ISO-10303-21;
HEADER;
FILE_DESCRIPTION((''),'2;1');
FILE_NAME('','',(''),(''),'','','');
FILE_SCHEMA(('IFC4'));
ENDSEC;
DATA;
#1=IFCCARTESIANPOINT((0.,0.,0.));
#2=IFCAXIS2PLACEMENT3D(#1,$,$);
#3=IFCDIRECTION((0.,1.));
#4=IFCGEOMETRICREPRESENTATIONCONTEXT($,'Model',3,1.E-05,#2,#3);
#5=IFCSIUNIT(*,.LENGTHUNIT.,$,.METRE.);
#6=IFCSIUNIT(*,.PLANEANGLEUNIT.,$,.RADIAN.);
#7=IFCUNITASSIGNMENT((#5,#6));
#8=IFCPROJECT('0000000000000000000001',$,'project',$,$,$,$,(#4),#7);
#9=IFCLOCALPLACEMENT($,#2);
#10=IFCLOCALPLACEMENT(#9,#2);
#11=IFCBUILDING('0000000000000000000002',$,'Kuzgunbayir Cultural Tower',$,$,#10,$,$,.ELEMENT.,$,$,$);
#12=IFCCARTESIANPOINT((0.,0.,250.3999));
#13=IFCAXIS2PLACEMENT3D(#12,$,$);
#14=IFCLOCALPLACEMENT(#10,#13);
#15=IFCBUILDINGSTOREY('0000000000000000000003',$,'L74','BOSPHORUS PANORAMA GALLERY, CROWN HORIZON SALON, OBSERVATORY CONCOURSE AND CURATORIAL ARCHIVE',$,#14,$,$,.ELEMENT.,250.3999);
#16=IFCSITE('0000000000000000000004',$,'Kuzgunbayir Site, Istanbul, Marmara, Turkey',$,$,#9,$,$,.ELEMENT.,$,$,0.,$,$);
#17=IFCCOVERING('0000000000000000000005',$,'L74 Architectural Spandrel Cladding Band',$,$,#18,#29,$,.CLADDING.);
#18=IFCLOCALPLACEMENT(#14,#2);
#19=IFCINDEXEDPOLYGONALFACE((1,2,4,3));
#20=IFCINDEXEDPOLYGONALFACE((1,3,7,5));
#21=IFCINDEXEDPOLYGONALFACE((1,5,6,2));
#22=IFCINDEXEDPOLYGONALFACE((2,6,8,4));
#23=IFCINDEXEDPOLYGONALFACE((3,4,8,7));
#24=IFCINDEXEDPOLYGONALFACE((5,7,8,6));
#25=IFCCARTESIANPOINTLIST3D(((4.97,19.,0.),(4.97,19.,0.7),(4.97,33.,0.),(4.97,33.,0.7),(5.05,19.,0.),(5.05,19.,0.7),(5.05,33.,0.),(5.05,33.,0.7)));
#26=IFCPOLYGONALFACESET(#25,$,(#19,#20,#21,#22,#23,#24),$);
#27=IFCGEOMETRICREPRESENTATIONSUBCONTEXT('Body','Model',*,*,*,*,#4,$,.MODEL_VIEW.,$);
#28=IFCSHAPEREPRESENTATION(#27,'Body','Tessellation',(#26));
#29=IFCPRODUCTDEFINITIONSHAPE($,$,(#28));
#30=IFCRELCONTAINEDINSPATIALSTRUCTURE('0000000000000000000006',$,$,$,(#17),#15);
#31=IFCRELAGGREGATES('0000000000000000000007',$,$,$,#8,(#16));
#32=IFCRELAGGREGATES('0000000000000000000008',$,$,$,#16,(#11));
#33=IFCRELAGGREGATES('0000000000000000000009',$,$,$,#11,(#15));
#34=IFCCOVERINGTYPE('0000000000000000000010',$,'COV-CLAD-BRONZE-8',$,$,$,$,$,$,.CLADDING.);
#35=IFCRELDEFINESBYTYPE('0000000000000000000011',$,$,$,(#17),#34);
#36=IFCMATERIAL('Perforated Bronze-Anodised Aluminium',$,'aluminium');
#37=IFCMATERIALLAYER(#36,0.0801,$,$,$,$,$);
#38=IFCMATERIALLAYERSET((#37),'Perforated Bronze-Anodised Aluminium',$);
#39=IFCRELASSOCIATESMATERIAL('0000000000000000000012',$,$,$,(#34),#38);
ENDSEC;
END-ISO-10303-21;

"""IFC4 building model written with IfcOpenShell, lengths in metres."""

from ifc_helpers import new_model, si_unit, direction, frame, origin, origin_2d, place, context, subcontext, project, spatial, rectangle, extrude, material, layer, layer_set, type_object, element, save


model = new_model("IFC4")

# Units and contexts
model_context = context("Model", 3, precision=1e-05, world=origin(), true_north=direction((0.0, 1.0)))
body_context = subcontext(model_context, "Body", "Model", "MODEL_VIEW")
ifc_project = project(units=[si_unit("LENGTHUNIT", "METRE"), si_unit("PLANEANGLEUNIT", "RADIAN")], contexts=[model_context])

# Site, building, storey
site_placement = place(None, origin())
site = spatial("IfcSite", under=ifc_project, at=site_placement, Name="Kuzgunbayir Site, Istanbul, Marmara, Turkey", CompositionType="ELEMENT", RefElevation=0.0)
building_placement = place(site_placement, origin())
building = spatial("IfcBuilding", under=site, at=building_placement, Name="Kuzgunbayir Cultural Tower", CompositionType="ELEMENT")
storey_placement = place(building_placement, frame((0.0, 0.0, 250.3999)))
storey = spatial("IfcBuildingStorey", under=building, at=storey_placement, Name="L74", Description="BOSPHORUS PANORAMA GALLERY, CROWN HORIZON SALON, OBSERVATORY CONCOURSE AND CURATORIAL ARCHIVE", CompositionType="ELEMENT", Elevation=250.3999)

# Covering
ifc_material_1 = material(Name="Perforated Bronze-Anodised Aluminium", Category="aluminium")
ifc_layer_1 = layer(ifc_material_1, 0.0801)
ifc_layer_set_1 = layer_set([ifc_layer_1], Name="Perforated Bronze-Anodised Aluminium")
covering_type = type_object("IfcCoveringType", Name="COV-CLAD-BRONZE-8", PredefinedType="CLADDING", material=ifc_layer_set_1)
covering_placement = place(storey_placement, frame((5.01, 26.0, 0.0), z_axis=(0.0, 0.0, 1.0), x_axis=(1.0, 0.0, 0.0)))
element("IfcCovering", 1, at=covering_placement, inside=storey, type_object=covering_type, Name="L74 Architectural Spandrel Cladding Band", PredefinedType="CLADDING", context=body_context, shape_type="SweptSolid", body=[
    extrude(rectangle(XDim=0.0801, YDim=14.0, at=origin_2d()), origin(), (0.0, 0.0, 1.0), 0.7),
])

save(model, "model.ifc")
